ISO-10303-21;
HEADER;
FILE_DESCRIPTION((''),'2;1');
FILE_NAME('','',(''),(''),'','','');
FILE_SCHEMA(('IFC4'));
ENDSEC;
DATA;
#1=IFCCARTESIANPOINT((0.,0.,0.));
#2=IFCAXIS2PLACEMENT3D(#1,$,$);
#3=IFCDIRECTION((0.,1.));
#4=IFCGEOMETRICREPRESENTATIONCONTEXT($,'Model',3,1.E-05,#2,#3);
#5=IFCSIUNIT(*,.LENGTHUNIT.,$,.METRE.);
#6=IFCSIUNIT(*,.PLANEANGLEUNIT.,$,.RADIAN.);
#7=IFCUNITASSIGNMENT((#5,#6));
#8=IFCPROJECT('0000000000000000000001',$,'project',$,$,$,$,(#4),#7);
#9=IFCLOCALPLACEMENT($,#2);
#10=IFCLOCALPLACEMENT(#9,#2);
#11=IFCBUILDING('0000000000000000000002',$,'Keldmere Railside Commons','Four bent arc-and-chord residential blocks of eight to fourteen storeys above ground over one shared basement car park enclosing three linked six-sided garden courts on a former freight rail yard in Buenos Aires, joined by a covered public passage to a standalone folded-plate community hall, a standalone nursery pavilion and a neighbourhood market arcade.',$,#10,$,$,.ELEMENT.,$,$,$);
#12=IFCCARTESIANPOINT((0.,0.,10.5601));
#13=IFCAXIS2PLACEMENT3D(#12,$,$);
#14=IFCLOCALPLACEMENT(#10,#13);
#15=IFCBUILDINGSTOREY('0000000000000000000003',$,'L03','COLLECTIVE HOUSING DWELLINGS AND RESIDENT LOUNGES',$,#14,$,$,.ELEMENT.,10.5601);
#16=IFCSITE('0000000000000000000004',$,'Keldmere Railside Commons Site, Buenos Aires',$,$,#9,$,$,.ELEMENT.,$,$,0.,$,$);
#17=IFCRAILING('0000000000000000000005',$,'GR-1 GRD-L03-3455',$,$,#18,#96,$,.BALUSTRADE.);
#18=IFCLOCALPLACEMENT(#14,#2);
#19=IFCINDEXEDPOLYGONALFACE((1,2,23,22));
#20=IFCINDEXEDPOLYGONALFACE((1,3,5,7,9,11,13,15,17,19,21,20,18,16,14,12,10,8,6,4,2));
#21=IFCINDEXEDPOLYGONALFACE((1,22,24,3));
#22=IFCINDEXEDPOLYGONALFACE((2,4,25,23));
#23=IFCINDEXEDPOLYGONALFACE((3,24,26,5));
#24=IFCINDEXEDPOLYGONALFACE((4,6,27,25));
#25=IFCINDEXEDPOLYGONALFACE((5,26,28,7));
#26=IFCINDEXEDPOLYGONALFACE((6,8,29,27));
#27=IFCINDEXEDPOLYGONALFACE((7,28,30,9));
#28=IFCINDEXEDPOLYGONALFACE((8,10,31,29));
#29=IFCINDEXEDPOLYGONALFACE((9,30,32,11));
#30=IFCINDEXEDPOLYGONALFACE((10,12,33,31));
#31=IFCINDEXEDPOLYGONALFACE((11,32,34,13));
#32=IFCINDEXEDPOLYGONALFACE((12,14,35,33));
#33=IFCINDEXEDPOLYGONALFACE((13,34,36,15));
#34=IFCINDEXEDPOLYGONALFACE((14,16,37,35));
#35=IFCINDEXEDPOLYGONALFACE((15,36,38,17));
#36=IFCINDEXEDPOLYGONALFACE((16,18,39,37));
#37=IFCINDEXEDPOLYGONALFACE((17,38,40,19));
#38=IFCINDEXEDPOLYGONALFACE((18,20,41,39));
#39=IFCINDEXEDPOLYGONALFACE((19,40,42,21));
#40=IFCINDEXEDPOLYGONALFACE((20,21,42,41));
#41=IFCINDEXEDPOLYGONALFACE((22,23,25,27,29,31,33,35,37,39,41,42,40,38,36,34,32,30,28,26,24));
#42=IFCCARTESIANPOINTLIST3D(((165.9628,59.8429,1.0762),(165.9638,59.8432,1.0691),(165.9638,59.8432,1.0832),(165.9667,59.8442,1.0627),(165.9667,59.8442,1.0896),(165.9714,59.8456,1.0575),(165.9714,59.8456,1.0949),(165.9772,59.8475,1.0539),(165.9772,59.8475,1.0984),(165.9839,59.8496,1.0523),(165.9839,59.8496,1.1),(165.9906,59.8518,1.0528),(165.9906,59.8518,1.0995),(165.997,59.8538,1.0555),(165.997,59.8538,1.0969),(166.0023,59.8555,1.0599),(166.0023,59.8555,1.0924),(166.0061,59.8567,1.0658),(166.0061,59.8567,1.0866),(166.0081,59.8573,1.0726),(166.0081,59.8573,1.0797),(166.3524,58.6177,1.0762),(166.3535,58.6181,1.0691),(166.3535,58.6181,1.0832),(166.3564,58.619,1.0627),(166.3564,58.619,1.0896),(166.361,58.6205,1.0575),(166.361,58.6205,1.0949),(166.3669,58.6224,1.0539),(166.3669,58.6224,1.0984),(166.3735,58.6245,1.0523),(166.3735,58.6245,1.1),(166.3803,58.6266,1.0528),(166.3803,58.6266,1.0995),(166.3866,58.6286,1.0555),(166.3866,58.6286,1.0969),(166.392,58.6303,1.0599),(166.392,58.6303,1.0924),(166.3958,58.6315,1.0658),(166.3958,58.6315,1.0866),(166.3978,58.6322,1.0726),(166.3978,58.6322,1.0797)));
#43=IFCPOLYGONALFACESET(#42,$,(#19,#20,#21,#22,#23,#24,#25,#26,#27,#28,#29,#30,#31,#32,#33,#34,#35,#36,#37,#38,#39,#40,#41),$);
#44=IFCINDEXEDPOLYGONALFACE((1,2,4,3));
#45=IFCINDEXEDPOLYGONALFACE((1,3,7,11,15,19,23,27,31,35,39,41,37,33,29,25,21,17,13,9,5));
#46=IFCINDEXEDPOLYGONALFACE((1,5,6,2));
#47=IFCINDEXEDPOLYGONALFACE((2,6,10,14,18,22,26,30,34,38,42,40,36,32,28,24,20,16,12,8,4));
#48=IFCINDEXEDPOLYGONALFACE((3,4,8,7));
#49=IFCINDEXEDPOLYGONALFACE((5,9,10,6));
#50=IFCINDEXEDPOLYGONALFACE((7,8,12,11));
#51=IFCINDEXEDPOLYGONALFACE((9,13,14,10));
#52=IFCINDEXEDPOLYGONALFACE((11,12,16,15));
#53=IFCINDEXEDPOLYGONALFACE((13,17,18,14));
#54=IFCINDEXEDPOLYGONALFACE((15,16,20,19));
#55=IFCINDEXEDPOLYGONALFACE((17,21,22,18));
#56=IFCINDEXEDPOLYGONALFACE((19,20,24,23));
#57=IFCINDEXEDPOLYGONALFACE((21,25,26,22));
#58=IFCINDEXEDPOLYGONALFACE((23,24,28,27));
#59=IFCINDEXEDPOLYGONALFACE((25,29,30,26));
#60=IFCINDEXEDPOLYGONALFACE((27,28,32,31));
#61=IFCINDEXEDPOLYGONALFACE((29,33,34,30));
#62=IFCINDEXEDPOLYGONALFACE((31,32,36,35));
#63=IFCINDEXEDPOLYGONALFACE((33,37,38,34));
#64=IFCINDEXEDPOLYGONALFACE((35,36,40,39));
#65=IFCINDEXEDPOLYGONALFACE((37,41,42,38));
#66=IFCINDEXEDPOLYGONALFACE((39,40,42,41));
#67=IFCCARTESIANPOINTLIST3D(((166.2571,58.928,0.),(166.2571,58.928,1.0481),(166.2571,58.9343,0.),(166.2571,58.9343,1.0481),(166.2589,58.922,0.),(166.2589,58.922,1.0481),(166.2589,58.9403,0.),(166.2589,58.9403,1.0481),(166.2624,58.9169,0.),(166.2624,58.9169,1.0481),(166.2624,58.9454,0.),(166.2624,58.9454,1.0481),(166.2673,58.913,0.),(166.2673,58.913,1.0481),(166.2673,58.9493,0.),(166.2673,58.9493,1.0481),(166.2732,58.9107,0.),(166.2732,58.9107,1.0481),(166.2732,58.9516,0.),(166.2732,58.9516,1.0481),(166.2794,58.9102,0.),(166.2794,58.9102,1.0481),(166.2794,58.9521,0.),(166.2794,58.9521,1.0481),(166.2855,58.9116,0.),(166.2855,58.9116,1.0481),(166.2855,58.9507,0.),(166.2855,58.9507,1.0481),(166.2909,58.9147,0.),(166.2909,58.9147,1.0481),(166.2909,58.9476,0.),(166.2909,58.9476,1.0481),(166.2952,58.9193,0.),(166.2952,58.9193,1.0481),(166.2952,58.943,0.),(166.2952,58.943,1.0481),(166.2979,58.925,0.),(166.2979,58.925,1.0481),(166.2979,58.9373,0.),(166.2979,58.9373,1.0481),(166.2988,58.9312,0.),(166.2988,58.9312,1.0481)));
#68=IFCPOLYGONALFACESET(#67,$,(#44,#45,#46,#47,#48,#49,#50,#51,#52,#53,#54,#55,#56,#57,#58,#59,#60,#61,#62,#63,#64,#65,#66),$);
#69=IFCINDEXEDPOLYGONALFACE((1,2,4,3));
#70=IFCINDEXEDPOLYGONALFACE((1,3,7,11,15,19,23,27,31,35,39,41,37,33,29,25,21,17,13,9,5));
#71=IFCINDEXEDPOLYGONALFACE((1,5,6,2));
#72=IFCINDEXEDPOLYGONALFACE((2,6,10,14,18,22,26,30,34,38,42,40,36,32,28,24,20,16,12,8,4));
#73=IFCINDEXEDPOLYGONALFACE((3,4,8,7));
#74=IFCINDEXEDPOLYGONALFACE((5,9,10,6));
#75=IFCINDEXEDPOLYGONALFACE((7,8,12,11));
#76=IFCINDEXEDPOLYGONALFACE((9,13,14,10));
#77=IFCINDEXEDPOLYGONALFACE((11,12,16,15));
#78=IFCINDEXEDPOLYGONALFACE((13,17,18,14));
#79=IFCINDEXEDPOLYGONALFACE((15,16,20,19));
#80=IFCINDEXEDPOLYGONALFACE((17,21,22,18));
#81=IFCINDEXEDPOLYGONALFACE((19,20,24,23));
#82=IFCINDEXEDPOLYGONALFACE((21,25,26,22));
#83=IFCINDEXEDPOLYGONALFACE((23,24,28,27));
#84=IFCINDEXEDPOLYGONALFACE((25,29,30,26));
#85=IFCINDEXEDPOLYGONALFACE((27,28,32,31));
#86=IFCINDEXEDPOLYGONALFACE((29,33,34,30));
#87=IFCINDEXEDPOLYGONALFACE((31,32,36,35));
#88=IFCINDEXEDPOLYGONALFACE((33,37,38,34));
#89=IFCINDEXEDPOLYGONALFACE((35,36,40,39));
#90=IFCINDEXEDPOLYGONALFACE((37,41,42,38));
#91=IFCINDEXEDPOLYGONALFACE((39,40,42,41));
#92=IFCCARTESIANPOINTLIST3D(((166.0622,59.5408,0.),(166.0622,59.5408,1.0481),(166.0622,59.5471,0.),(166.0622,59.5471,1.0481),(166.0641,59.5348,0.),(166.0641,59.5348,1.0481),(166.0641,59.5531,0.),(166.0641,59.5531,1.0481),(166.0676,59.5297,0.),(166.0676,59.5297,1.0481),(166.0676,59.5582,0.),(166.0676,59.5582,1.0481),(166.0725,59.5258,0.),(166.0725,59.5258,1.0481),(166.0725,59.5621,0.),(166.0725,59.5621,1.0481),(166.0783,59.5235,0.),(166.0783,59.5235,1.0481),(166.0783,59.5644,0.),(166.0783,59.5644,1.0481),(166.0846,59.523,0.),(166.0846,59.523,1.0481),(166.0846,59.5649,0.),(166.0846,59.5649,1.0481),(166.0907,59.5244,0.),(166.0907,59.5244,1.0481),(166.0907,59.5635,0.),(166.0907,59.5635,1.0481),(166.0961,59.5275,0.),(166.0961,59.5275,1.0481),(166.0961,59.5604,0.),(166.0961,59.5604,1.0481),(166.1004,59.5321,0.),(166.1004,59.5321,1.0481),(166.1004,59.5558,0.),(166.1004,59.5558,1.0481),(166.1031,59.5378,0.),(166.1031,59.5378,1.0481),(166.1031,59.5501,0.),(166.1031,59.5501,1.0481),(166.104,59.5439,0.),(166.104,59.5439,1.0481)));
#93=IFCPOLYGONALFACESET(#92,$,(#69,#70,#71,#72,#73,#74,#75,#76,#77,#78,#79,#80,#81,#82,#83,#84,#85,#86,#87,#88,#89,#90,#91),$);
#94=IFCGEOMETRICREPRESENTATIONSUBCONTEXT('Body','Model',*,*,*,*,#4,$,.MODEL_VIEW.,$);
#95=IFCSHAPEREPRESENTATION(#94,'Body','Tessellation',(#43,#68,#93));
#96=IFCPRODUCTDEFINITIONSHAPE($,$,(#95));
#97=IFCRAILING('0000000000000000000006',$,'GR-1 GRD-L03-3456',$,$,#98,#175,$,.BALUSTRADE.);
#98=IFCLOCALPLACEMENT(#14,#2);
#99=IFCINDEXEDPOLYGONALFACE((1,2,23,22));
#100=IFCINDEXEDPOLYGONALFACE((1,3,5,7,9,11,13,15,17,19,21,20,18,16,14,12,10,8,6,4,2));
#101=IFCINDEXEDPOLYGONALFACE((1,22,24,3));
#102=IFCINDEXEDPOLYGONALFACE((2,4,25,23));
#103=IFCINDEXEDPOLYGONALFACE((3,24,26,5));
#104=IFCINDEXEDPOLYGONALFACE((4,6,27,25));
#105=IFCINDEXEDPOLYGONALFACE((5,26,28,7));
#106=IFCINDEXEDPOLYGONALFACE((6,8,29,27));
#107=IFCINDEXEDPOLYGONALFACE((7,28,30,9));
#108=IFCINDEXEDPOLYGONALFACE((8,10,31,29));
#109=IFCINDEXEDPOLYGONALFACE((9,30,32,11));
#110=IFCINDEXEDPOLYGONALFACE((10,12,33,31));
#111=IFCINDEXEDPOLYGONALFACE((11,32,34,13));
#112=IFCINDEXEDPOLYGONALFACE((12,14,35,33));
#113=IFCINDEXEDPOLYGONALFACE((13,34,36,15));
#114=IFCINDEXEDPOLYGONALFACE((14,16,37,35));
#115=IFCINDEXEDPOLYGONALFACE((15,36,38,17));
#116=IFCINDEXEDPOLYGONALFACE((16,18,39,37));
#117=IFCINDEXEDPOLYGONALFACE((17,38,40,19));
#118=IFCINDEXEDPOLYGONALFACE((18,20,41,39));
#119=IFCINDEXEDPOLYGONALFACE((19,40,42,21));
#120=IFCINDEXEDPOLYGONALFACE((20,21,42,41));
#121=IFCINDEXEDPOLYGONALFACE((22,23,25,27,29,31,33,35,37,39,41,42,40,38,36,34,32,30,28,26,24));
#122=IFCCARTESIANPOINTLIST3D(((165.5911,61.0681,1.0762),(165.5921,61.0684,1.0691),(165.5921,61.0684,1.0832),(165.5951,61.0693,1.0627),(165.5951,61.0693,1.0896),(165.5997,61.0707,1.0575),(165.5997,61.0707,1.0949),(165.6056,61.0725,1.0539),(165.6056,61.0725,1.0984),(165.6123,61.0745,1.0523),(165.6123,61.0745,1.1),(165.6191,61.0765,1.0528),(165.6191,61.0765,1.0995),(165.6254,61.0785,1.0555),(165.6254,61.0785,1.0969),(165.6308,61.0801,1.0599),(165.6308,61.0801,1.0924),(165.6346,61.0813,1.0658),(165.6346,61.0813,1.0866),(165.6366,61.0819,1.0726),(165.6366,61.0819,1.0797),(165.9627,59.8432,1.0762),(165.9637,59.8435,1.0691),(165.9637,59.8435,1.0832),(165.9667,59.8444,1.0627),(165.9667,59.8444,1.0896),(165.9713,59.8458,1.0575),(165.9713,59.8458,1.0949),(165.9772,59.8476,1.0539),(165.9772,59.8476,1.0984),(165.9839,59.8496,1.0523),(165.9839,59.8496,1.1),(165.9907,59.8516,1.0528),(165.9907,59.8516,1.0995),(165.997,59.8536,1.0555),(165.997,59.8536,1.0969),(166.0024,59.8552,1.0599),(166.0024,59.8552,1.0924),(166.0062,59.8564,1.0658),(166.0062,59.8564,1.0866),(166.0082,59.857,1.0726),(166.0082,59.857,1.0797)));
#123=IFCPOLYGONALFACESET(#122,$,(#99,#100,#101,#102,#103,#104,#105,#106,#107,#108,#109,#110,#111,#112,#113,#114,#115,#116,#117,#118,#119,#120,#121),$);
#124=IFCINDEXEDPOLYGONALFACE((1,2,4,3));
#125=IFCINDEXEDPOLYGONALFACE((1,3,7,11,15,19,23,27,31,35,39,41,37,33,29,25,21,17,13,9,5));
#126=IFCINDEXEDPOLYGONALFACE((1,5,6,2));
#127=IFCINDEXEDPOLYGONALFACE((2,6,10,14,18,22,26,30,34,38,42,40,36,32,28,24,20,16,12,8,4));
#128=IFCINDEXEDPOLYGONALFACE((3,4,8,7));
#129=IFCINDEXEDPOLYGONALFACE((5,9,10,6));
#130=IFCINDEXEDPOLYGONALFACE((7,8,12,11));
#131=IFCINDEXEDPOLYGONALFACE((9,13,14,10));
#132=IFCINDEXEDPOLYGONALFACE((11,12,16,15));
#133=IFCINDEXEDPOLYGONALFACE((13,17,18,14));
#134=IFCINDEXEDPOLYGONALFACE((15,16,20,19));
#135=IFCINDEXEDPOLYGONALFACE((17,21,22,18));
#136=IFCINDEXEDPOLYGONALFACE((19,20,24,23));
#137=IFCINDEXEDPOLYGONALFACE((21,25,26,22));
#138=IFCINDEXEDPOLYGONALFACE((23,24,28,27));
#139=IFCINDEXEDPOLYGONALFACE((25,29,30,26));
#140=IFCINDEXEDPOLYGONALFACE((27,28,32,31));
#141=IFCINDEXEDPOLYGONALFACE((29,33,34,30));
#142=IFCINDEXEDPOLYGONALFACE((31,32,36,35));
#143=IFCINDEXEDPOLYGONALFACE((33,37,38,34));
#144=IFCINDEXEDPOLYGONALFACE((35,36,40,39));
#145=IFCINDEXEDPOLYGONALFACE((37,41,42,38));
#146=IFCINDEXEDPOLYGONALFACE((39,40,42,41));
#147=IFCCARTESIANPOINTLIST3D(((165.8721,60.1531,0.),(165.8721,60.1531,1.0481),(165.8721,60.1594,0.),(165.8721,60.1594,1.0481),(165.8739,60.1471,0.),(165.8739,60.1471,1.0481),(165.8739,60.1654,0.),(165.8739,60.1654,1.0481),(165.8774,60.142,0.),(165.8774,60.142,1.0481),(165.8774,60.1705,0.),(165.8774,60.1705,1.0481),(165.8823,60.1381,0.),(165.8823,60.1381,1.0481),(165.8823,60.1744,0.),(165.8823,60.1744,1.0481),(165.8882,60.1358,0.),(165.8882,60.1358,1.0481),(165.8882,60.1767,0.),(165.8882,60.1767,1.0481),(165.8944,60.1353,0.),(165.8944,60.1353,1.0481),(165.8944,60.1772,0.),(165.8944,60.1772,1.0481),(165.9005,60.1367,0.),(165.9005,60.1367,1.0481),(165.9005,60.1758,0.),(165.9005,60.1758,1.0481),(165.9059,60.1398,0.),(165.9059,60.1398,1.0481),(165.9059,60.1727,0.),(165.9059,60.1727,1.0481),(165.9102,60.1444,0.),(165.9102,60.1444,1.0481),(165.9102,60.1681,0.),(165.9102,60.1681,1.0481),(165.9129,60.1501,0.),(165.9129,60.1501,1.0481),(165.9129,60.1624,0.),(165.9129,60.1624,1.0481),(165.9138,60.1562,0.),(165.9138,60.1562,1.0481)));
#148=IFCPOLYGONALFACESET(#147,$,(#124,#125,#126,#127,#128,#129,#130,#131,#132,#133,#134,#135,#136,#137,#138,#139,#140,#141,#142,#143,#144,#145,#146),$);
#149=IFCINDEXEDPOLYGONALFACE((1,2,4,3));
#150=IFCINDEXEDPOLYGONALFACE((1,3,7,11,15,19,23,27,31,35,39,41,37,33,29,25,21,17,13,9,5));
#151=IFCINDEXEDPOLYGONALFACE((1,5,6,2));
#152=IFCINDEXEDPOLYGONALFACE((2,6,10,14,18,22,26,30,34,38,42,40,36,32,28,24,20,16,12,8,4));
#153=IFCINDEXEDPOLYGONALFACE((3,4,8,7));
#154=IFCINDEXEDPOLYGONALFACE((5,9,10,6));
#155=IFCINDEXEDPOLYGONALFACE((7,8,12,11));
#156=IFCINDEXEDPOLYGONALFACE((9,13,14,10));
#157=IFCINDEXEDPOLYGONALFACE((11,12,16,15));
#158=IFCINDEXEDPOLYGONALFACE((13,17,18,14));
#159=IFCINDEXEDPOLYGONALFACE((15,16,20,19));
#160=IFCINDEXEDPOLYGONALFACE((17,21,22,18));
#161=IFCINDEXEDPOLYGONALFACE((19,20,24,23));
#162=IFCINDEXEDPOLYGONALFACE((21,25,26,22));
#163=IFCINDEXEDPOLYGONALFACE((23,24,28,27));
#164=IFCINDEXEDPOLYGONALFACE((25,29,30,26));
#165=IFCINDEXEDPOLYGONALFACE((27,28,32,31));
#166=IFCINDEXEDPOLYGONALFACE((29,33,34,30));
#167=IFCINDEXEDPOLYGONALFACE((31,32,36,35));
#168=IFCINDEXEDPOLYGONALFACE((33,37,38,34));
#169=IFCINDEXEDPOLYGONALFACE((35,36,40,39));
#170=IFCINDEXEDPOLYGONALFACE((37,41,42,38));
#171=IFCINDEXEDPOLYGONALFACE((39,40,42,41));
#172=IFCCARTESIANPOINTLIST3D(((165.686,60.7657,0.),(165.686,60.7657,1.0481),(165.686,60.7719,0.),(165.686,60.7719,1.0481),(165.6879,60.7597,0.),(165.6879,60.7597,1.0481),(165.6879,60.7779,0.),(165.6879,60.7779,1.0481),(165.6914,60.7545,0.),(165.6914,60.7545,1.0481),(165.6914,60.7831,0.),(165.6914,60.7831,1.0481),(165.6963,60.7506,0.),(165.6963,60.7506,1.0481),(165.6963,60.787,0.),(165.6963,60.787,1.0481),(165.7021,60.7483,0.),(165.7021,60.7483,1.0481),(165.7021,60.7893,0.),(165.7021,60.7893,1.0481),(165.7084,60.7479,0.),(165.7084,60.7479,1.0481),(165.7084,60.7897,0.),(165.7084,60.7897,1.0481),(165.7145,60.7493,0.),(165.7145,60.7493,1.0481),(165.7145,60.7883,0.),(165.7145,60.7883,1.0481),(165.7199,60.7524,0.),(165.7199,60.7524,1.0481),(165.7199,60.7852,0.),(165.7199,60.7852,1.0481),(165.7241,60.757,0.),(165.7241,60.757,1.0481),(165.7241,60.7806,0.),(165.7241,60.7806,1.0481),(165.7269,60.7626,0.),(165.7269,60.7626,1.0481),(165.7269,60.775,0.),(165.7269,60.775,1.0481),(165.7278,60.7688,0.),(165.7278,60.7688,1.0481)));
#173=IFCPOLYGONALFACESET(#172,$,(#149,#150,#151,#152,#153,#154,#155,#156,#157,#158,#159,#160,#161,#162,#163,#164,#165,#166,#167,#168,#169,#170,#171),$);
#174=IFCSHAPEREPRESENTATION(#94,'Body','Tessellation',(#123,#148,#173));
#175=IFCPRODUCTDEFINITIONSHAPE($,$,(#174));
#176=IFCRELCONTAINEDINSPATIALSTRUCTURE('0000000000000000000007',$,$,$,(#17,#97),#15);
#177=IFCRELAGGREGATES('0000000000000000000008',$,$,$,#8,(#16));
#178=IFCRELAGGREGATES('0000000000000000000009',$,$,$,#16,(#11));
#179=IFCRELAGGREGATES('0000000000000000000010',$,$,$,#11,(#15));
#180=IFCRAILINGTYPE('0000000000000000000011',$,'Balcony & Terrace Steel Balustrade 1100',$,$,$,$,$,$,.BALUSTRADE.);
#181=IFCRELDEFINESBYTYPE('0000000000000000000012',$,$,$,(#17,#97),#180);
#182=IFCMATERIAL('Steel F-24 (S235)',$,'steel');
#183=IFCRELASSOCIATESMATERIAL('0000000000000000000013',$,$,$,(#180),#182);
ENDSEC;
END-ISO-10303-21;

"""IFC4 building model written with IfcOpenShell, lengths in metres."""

from ifc_helpers import new_model, si_unit, direction, frame, origin, origin_2d, place, context, subcontext, project, spatial, circle, extrude, material, type_object, element, save


model = new_model("IFC4")

# Units and contexts
model_context = context("Model", 3, precision=1e-05, world=origin(), true_north=direction((0.0, 1.0)))
body_context = subcontext(model_context, "Body", "Model", "MODEL_VIEW")
ifc_project = project(units=[si_unit("LENGTHUNIT", "METRE"), si_unit("PLANEANGLEUNIT", "RADIAN")], contexts=[model_context])

# Site, building, storey
site_placement = place(None, origin())
site = spatial("IfcSite", under=ifc_project, at=site_placement, Name="Keldmere Railside Commons Site, Buenos Aires", CompositionType="ELEMENT", RefElevation=0.0)
building_placement = place(site_placement, origin())
building = spatial("IfcBuilding", under=site, at=building_placement, Name="Keldmere Railside Commons", Description="Four bent arc-and-chord residential blocks of eight to fourteen storeys above ground over one shared basement car park enclosing three linked six-sided garden courts on a former freight rail yard in Buenos Aires, joined by a covered public passage to a standalone folded-plate community hall, a standalone nursery pavilion and a neighbourhood market arcade.", CompositionType="ELEMENT")
storey_placement = place(building_placement, frame((0.0, 0.0, 10.5601)))
storey = spatial("IfcBuildingStorey", under=building, at=storey_placement, Name="L03", Description="COLLECTIVE HOUSING DWELLINGS AND RESIDENT LOUNGES", CompositionType="ELEMENT", Elevation=10.5601)

# Shared definitions
ifc_material_1 = material(Name="Steel F-24 (S235)", Category="steel")

# Railings
railing_type = type_object("IfcRailingType", Name="Balcony & Terrace Steel Balustrade 1100", PredefinedType="BALUSTRADE", material=ifc_material_1)
railing_1_placement = place(storey_placement, frame((166.3752, 58.625, 0.0)))
element("IfcRailing", 1, at=railing_1_placement, inside=storey, type_object=railing_type, Name="GR-1 GRD-L03-3455", PredefinedType="BALUSTRADE", context=body_context, shape_type="SweptSolid", body=[
    extrude(circle(Radius=0.0239, at=origin_2d()), frame((0.0, 0.0, 1.0762), z_axis=(-0.303094, 0.952961, 0.0), x_axis=(-0.952961, -0.303094, 0.0)), (0.0, 0.0, 1.0), 1.2856),
    extrude(circle(Radius=0.021, at=origin_2d()), frame((-0.0974, 0.3062, 0.0)), (0.0, 0.0, 1.0), 1.0481),
    extrude(circle(Radius=0.021, at=origin_2d()), frame((-0.2922, 0.9189, 0.0)), (0.0, 0.0, 1.0), 1.0481),
])
railing_2_placement = place(storey_placement, frame((165.9856, 59.8501, 0.0)))
element("IfcRailing", 2, at=railing_2_placement, inside=storey, type_object=railing_type, Name="GR-1 GRD-L03-3456", PredefinedType="BALUSTRADE", context=body_context, shape_type="SweptSolid", body=[
    extrude(circle(Radius=0.0239, at=origin_2d()), frame((0.0, 0.0, 1.0762), z_axis=(-0.290304, 0.956935, 0.0), x_axis=(-0.956935, -0.290304, 0.0)), (0.0, 0.0, 1.0), 1.28),
    extrude(circle(Radius=0.021, at=origin_2d()), frame((-0.0928, 0.3062, 0.0)), (0.0, 0.0, 1.0), 1.0481),
    extrude(circle(Radius=0.021, at=origin_2d()), frame((-0.2788, 0.9187, 0.0)), (0.0, 0.0, 1.0), 1.0481),
])

save(model, "model.ifc")
